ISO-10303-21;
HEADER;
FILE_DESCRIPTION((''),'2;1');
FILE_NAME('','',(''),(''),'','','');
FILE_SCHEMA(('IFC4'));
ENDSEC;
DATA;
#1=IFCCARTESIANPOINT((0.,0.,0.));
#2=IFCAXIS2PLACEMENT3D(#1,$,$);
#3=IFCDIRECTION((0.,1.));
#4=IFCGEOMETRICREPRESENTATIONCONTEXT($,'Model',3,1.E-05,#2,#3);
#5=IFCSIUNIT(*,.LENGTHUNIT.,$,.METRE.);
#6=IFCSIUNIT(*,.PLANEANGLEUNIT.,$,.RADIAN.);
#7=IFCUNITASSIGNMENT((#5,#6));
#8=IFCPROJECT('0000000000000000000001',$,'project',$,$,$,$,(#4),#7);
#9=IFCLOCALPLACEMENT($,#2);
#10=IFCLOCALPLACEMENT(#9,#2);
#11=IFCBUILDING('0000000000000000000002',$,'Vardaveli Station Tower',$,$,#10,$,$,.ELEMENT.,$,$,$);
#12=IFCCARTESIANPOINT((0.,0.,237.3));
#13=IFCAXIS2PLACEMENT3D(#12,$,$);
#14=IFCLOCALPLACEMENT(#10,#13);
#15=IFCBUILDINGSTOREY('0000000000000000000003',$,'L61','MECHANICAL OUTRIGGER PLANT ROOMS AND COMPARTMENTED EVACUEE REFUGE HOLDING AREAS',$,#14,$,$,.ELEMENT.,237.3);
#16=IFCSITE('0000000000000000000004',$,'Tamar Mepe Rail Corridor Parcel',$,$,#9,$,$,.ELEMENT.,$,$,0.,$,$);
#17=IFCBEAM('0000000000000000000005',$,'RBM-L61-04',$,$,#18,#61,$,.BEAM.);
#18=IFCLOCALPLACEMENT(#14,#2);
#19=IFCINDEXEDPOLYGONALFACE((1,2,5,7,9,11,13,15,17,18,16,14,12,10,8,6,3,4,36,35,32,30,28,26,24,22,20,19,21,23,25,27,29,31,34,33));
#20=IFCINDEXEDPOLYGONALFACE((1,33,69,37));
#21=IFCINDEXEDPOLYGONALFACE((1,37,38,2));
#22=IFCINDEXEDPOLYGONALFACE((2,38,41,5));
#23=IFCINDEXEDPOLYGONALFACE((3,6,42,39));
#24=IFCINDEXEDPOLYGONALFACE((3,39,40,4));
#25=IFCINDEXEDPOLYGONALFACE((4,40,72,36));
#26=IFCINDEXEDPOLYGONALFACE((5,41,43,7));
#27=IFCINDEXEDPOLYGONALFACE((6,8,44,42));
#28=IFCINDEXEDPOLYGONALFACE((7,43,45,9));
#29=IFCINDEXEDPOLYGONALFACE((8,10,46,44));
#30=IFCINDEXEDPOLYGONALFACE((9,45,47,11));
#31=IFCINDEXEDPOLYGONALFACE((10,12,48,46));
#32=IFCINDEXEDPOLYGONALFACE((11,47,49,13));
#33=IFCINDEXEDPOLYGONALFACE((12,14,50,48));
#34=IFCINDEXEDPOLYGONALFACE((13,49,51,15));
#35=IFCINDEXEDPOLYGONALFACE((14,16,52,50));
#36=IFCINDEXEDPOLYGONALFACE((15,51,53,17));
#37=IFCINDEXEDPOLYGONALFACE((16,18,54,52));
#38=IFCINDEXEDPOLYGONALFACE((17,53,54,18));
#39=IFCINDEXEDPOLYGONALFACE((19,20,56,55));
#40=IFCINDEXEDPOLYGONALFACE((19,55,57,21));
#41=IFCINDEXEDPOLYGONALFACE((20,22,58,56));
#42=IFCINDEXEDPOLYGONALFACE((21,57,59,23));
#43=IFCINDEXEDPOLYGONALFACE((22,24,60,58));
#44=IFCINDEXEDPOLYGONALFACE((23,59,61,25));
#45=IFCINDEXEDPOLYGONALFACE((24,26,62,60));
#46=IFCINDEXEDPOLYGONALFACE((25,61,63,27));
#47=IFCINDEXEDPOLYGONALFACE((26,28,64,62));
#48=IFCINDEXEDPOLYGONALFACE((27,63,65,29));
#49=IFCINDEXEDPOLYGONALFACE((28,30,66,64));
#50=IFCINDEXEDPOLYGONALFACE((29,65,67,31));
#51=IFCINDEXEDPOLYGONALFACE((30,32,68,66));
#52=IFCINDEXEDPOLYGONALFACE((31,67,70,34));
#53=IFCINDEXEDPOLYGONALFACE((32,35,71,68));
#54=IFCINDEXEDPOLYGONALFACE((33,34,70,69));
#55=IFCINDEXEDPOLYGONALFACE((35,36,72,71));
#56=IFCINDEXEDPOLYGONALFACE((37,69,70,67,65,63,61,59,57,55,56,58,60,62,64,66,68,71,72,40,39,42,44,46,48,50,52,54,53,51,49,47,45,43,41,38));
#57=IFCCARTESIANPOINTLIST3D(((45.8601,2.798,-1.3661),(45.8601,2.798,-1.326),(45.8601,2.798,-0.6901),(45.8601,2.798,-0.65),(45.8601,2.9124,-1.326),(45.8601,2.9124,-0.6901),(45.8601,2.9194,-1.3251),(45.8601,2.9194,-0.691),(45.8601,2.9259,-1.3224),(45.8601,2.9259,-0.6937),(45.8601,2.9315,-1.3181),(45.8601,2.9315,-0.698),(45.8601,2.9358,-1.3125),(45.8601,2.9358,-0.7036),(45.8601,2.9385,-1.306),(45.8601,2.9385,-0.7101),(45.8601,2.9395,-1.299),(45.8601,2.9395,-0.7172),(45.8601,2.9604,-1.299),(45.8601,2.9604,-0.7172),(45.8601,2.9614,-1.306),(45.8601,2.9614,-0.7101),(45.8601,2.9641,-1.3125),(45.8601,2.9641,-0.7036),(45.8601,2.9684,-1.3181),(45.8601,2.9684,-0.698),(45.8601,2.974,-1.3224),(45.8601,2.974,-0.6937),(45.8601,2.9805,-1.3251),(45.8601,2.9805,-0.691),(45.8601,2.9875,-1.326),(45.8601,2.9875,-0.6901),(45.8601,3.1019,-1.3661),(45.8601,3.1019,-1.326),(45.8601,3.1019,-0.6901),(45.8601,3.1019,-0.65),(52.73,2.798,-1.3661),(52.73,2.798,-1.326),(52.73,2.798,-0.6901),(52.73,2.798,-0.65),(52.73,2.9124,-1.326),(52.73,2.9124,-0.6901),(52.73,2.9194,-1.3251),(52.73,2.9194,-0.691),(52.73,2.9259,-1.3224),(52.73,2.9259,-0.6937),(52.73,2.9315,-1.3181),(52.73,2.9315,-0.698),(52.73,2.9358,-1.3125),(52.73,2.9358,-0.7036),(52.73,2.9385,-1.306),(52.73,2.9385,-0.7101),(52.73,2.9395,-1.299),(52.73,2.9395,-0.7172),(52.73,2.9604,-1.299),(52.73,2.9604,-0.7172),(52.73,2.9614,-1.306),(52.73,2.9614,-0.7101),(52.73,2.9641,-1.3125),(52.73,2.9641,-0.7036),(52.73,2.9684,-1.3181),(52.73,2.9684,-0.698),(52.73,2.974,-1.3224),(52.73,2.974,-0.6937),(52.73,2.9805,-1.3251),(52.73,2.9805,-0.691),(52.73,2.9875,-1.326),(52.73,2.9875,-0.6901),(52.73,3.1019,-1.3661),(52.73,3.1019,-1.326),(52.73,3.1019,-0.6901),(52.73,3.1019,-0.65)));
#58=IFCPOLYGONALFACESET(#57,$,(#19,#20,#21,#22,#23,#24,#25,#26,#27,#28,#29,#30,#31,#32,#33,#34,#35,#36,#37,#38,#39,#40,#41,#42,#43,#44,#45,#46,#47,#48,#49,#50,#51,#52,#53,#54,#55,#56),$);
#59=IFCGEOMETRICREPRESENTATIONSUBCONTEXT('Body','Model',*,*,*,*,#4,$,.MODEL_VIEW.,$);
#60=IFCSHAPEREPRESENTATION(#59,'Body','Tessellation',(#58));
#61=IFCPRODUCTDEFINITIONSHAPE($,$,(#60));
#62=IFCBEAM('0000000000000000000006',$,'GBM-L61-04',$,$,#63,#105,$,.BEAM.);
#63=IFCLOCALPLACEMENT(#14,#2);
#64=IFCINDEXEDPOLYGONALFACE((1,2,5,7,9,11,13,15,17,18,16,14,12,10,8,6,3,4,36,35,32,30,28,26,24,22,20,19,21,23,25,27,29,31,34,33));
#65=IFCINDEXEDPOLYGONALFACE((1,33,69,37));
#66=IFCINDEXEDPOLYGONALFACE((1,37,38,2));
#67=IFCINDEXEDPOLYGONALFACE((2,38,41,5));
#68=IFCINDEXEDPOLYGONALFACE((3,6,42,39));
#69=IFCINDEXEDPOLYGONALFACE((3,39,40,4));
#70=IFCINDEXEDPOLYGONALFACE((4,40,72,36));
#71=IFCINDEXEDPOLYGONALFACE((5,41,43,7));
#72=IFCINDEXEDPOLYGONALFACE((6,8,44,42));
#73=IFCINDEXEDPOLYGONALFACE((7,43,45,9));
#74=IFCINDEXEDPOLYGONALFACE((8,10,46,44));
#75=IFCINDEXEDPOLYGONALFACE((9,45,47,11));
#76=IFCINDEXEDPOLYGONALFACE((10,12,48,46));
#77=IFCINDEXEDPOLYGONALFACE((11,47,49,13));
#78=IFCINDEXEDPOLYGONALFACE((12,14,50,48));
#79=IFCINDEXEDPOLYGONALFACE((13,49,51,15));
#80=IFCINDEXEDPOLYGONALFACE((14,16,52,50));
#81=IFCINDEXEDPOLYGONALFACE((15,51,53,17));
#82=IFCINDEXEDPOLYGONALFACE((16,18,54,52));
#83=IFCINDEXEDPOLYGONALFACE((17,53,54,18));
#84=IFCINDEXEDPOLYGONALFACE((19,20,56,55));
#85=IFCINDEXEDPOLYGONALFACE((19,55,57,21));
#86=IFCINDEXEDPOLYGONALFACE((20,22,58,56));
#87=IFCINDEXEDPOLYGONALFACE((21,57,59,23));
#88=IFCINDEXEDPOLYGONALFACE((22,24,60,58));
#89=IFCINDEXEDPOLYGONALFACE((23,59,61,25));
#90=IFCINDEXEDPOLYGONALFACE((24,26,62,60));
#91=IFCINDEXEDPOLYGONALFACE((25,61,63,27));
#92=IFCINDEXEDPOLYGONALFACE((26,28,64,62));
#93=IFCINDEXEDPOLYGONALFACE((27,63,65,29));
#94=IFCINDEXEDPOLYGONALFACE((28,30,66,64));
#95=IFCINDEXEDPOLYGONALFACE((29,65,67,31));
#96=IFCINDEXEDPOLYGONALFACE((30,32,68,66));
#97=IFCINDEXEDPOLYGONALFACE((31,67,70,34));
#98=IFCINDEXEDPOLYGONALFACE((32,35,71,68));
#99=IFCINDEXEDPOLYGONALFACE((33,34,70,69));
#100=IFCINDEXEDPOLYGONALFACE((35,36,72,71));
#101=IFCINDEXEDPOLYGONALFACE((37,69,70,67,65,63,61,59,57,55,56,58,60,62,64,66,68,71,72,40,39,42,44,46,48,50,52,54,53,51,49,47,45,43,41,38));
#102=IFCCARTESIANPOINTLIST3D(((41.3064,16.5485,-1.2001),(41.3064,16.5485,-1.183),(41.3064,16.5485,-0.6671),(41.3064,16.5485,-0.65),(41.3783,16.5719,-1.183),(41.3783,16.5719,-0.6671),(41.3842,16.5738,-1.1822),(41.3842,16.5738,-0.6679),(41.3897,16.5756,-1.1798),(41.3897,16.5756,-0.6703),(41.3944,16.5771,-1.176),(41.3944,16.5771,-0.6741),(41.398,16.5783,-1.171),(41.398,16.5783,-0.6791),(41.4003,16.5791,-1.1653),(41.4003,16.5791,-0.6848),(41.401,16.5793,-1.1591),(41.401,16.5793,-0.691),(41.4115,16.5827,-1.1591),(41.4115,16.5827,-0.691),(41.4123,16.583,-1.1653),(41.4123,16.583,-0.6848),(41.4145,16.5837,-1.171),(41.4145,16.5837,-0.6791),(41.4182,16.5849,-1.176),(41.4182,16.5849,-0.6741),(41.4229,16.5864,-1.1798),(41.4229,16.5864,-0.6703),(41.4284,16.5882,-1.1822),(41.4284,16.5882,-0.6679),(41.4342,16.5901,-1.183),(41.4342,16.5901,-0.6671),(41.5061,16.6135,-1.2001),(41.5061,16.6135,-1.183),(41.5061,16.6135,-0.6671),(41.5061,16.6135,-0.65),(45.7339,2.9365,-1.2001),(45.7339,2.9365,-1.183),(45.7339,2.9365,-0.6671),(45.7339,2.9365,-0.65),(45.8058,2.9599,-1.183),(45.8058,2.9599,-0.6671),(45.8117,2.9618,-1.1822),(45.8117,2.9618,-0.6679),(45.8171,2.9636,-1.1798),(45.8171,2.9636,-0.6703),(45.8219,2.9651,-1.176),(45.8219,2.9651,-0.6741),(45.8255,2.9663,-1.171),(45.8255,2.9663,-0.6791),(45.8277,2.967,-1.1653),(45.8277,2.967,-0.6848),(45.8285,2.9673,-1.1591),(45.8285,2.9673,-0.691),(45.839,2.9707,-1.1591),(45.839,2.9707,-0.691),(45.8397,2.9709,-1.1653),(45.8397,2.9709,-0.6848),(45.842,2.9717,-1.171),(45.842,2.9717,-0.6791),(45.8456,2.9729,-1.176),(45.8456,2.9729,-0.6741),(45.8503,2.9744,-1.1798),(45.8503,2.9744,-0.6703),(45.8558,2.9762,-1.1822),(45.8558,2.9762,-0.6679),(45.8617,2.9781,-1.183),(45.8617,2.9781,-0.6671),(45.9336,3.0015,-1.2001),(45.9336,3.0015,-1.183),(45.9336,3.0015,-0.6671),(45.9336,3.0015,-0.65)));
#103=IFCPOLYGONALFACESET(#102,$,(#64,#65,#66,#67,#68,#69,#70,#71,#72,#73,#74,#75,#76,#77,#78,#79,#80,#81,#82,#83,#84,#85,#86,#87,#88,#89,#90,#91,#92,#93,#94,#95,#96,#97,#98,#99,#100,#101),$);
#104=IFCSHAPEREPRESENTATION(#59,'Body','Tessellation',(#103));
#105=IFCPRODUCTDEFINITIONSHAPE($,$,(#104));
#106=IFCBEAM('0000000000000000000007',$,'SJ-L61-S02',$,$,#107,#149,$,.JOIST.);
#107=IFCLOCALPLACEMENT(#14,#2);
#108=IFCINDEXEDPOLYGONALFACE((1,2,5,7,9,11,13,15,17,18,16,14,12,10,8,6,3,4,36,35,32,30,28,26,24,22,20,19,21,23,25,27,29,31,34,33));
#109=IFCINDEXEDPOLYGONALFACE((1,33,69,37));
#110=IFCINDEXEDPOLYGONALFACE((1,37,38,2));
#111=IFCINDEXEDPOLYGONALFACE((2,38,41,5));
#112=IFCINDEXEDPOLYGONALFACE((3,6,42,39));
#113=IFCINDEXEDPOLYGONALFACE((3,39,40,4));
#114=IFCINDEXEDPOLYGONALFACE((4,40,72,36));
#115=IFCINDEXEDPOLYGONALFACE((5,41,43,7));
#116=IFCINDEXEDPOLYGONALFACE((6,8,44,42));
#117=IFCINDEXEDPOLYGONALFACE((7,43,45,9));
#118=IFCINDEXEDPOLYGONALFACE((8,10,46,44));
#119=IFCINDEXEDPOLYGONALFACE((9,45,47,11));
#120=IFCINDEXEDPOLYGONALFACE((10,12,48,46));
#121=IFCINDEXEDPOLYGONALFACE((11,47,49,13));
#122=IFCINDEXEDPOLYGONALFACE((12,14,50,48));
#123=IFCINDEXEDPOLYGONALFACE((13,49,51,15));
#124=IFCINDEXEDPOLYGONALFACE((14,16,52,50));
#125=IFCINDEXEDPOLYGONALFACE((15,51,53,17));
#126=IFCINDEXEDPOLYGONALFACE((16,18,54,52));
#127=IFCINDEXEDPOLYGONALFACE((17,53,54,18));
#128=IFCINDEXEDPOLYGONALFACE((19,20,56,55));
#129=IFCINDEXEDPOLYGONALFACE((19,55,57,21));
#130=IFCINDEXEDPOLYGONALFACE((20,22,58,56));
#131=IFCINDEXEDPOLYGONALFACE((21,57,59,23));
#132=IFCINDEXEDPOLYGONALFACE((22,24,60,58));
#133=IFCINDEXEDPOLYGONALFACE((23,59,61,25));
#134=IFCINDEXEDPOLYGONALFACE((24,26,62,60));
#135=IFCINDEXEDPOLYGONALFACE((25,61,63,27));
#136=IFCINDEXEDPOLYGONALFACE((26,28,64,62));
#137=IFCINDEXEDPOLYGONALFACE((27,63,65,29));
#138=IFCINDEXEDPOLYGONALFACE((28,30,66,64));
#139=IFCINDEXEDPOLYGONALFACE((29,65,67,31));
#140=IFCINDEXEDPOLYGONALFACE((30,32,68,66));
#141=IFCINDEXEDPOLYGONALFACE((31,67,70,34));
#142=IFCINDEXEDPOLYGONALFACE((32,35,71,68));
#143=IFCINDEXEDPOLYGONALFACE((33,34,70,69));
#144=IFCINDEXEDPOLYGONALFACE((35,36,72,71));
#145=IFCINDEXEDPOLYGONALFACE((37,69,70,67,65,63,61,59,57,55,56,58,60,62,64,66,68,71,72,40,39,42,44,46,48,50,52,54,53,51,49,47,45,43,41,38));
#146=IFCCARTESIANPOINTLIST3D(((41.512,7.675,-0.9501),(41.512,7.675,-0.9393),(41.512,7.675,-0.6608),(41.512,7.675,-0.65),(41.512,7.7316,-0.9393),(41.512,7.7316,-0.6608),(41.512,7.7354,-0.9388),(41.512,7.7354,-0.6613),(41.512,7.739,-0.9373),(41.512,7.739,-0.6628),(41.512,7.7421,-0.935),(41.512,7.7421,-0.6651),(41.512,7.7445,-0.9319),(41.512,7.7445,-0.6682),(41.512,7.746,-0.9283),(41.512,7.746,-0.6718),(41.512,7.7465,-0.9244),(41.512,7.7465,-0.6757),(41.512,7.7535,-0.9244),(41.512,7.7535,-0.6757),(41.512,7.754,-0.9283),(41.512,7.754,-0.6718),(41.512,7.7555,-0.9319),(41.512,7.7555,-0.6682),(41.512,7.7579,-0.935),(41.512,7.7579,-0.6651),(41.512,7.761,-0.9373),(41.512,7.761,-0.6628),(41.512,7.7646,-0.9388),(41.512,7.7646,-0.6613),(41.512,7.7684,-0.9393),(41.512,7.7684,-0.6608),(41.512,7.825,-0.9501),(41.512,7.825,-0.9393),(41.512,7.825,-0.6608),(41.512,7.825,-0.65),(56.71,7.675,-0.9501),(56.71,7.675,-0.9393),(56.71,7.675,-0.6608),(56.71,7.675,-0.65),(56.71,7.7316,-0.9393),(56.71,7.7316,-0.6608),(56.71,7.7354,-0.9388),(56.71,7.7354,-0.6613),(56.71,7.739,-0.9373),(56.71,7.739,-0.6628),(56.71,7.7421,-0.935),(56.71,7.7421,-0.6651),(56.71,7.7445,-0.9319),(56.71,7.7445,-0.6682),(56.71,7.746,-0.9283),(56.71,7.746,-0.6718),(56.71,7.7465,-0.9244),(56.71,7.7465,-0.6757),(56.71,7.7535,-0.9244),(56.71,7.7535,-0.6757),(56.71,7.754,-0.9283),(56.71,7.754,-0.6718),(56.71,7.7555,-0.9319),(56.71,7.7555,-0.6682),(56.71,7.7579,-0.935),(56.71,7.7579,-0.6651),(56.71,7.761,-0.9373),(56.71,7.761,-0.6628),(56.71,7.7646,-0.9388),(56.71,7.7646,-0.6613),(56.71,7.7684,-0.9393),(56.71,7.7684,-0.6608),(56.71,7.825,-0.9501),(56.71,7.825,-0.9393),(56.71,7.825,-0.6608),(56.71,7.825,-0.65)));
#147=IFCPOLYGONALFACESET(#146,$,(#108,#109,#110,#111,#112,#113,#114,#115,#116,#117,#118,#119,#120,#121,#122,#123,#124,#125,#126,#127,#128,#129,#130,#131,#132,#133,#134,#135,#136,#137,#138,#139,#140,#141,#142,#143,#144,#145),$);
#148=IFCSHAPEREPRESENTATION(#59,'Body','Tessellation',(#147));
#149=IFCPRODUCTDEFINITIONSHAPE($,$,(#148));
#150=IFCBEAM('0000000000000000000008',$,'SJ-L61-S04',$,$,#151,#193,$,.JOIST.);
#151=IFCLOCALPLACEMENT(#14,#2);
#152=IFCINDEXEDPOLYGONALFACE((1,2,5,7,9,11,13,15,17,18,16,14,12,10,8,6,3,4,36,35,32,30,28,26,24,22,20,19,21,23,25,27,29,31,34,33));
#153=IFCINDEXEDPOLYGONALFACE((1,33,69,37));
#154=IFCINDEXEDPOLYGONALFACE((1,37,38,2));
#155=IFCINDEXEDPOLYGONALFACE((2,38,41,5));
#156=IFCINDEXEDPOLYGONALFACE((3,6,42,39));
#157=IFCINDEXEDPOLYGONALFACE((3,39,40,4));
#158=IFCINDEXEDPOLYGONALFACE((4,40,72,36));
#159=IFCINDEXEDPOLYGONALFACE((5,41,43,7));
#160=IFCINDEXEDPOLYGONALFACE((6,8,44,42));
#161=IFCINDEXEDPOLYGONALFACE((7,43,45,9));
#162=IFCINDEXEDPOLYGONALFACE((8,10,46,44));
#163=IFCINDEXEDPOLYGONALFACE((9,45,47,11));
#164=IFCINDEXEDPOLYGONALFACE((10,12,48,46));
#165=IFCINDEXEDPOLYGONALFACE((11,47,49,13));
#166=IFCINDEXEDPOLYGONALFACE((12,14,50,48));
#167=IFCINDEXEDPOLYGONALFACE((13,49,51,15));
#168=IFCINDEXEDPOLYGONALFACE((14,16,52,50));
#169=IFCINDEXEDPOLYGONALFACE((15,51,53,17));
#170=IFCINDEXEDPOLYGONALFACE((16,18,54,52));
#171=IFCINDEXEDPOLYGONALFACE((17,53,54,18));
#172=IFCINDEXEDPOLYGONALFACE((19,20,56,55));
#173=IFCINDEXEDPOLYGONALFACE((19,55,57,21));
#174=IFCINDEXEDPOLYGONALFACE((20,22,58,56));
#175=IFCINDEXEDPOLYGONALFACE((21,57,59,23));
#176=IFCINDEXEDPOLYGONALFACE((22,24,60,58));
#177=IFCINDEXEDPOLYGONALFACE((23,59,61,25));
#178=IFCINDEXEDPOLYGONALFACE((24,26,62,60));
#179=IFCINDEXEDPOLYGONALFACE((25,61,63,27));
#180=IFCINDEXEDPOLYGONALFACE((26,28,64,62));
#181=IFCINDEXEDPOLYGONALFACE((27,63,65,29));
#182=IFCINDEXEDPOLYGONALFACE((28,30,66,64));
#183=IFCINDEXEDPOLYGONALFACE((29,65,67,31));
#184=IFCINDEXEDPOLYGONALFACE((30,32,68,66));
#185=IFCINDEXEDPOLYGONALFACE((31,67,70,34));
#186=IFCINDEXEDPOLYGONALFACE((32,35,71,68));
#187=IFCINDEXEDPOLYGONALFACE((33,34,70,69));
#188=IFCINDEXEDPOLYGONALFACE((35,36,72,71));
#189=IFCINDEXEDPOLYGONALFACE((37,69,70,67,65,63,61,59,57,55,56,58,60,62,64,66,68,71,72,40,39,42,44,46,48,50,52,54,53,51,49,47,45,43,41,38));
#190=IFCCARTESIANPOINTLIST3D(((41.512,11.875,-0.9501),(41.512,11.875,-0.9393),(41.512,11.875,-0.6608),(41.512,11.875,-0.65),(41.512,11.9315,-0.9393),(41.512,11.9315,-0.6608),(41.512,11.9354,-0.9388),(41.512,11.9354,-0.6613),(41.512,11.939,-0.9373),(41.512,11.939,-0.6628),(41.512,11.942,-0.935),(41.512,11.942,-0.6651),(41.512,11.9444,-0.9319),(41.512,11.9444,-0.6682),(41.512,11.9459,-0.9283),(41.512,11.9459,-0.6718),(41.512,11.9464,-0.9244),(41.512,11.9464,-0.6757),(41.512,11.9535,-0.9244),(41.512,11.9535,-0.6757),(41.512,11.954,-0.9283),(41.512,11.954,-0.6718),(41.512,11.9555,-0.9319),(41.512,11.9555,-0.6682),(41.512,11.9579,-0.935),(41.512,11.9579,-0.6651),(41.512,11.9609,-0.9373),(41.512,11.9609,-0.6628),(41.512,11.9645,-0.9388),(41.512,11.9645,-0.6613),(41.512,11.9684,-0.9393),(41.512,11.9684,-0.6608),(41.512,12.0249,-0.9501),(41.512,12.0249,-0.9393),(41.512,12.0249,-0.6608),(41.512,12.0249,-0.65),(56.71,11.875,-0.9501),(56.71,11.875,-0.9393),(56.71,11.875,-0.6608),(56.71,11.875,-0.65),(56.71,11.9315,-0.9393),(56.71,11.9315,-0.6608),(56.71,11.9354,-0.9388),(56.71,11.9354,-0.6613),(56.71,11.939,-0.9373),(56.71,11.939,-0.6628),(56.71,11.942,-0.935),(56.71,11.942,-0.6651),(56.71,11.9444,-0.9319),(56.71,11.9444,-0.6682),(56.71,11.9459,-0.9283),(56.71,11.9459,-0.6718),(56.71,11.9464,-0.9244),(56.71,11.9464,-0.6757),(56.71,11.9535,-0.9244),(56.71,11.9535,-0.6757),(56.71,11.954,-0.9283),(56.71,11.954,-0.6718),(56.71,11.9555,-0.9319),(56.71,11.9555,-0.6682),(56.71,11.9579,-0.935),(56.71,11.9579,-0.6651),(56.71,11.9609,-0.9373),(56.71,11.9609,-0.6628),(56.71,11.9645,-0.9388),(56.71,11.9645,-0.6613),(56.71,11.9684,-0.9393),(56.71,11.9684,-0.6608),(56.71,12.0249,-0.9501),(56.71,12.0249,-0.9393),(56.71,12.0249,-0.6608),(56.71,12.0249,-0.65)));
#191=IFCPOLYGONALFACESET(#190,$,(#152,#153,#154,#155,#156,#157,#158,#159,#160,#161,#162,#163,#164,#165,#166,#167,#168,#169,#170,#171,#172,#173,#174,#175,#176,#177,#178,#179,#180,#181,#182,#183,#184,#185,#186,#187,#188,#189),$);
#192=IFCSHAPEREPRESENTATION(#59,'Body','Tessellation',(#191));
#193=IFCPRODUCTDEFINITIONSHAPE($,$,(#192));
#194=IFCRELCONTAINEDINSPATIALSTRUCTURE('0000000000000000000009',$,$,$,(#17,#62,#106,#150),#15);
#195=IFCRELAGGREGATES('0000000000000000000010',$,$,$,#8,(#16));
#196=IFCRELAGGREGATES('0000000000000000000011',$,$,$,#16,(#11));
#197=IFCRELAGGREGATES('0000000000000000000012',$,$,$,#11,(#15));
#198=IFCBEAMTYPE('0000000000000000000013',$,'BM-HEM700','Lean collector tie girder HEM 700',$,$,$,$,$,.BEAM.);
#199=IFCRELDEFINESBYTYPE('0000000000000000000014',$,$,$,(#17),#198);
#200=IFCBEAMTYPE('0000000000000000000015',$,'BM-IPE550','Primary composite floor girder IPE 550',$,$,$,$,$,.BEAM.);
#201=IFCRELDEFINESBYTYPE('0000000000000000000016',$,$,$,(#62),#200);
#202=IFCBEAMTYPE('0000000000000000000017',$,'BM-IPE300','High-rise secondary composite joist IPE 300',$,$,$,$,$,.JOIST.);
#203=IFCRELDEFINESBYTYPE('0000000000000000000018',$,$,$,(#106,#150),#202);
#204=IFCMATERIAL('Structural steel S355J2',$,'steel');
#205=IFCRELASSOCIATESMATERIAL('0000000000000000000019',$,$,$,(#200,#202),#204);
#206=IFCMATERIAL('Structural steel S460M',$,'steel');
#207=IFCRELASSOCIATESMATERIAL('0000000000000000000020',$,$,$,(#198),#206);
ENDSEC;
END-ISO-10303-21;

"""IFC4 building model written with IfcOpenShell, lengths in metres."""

from ifc_helpers import new_model, si_unit, direction, frame, origin, origin_2d, place, context, subcontext, project, spatial, i_section, extrude, source, transform, mapped, material, material_profile, profile_set, type_object, element, save


model = new_model("IFC4")

# Units and contexts
model_context = context("Model", 3, precision=1e-05, world=origin(), true_north=direction((0.0, 1.0)))
body_context = subcontext(model_context, "Body", "Model", "MODEL_VIEW")
ifc_project = project(units=[si_unit("LENGTHUNIT", "METRE"), si_unit("PLANEANGLEUNIT", "RADIAN")], contexts=[model_context])

# Site, building, storey
site_placement = place(None, origin())
site = spatial("IfcSite", under=ifc_project, at=site_placement, Name="Tamar Mepe Rail Corridor Parcel", CompositionType="ELEMENT", RefElevation=0.0)
building_placement = place(site_placement, origin())
building = spatial("IfcBuilding", under=site, at=building_placement, Name="Vardaveli Station Tower", CompositionType="ELEMENT")
storey_placement = place(building_placement, frame((0.0, 0.0, 237.3)))
storey = spatial("IfcBuildingStorey", under=building, at=storey_placement, Name="L61", Description="MECHANICAL OUTRIGGER PLANT ROOMS AND COMPARTMENTED EVACUEE REFUGE HOLDING AREAS", CompositionType="ELEMENT", Elevation=237.3)

# Shared definitions
ifc_material_1 = material(Name="Structural steel S460M", Category="steel")

# Beams
ifc_material_2 = material(Name="Structural steel S355J2", Category="steel")
ifc_material_profile_1 = material_profile(ifc_material_2, i_section(OverallWidth=0.21, OverallDepth=0.55, WebThickness=0.011, FlangeThickness=0.0171, FilletRadius=0.0239, at=origin_2d()), Name="IPE 550")
ifc_profile_set_1 = profile_set([ifc_material_profile_1], Name="Structural steel S355J2")
beam_type_1 = type_object("IfcBeamType", Name="BM-IPE550", Description="Primary composite floor girder IPE 550", PredefinedType="BEAM", material=ifc_profile_set_1)
ifc_material_profile_2 = material_profile(ifc_material_1, i_section(OverallWidth=0.304, OverallDepth=0.7161, WebThickness=0.021, FlangeThickness=0.04, FilletRadius=0.0271, at=origin_2d()), Name="HEM 700")
ifc_profile_set_2 = profile_set([ifc_material_profile_2], Name="Structural steel S460M")
beam_type_2 = type_object("IfcBeamType", Name="BM-HEM700", Description="Lean collector tie girder HEM 700", PredefinedType="BEAM", material=ifc_profile_set_2)
shared_shape_1 = source(origin(), body_context, "Body", "SweptSolid", [
    extrude(i_section(OverallWidth=0.304, OverallDepth=0.7161, WebThickness=0.021, FlangeThickness=0.04, FilletRadius=0.0271, at=origin_2d()), origin(), (0.0, 0.0, 1.0), 6.8699),
])
beam_1_placement = place(storey_placement, frame((45.8601, 2.95, -1.0081), z_axis=(1.0, 0.0, 0.0), x_axis=(0.0, 1.0, 0.0)))
element("IfcBeam", 1, at=beam_1_placement, inside=storey, type_object=beam_type_2, Name="RBM-L61-04", PredefinedType="BEAM", context=body_context, shape_type="MappedRepresentation", body=[
    mapped(shared_shape_1, transform((0.0, 0.0, 0.0), scale=1.0)),
])
shared_shape_2 = source(origin(), body_context, "Body", "SweptSolid", [
    extrude(i_section(OverallWidth=0.21, OverallDepth=0.55, WebThickness=0.011, FlangeThickness=0.0171, FilletRadius=0.0239, at=origin_2d()), origin(), (0.0, 0.0, 1.0), 14.314),
])
beam_2_placement = place(storey_placement, frame((45.8337, 2.969, -0.925), z_axis=(-0.309312, 0.950961, 0.0), x_axis=(-0.950961, -0.309312, 0.0)))
element("IfcBeam", 2, at=beam_2_placement, inside=storey, type_object=beam_type_1, Name="GBM-L61-04", PredefinedType="BEAM", context=body_context, shape_type="MappedRepresentation", body=[
    mapped(shared_shape_2, transform((0.0, 0.0, 0.0), scale=1.0)),
])
ifc_material_profile_3 = material_profile(ifc_material_2, i_section(OverallWidth=0.1499, OverallDepth=0.3, WebThickness=0.0071, FlangeThickness=0.0107, FilletRadius=0.0149, at=origin_2d()), Name="IPE 300")
ifc_profile_set_3 = profile_set([ifc_material_profile_3], Name="Structural steel S355J2")
beam_type_3 = type_object("IfcBeamType", Name="BM-IPE300", Description="High-rise secondary composite joist IPE 300", PredefinedType="JOIST", material=ifc_profile_set_3)
shared_shape_3 = source(origin(), body_context, "Body", "SweptSolid", [
    extrude(i_section(OverallWidth=0.1499, OverallDepth=0.3, WebThickness=0.0071, FlangeThickness=0.0107, FilletRadius=0.0149, at=origin_2d()), origin(), (0.0, 0.0, 1.0), 15.198),
])
for number, where, z_axis, x_axis, name in (
    (3, (41.512, 7.75, -0.8), (1.0, 0.0, 0.0), (0.0, 1.0, 0.0), "SJ-L61-S02"),
    (4, (41.512, 11.95, -0.8), (1.0, 0.0, 0.0), (0.0, 1.0, 0.0), "SJ-L61-S04"),
):
    element("IfcBeam", number, at=place(storey_placement, frame(where, z_axis=z_axis, x_axis=x_axis)), inside=storey, type_object=beam_type_3, Name=name, PredefinedType="JOIST", context=body_context, shape_type="MappedRepresentation", body=[
        mapped(shared_shape_3, transform((0.0, 0.0, 0.0), scale=1.0)),
    ])

save(model, "model.ifc")
